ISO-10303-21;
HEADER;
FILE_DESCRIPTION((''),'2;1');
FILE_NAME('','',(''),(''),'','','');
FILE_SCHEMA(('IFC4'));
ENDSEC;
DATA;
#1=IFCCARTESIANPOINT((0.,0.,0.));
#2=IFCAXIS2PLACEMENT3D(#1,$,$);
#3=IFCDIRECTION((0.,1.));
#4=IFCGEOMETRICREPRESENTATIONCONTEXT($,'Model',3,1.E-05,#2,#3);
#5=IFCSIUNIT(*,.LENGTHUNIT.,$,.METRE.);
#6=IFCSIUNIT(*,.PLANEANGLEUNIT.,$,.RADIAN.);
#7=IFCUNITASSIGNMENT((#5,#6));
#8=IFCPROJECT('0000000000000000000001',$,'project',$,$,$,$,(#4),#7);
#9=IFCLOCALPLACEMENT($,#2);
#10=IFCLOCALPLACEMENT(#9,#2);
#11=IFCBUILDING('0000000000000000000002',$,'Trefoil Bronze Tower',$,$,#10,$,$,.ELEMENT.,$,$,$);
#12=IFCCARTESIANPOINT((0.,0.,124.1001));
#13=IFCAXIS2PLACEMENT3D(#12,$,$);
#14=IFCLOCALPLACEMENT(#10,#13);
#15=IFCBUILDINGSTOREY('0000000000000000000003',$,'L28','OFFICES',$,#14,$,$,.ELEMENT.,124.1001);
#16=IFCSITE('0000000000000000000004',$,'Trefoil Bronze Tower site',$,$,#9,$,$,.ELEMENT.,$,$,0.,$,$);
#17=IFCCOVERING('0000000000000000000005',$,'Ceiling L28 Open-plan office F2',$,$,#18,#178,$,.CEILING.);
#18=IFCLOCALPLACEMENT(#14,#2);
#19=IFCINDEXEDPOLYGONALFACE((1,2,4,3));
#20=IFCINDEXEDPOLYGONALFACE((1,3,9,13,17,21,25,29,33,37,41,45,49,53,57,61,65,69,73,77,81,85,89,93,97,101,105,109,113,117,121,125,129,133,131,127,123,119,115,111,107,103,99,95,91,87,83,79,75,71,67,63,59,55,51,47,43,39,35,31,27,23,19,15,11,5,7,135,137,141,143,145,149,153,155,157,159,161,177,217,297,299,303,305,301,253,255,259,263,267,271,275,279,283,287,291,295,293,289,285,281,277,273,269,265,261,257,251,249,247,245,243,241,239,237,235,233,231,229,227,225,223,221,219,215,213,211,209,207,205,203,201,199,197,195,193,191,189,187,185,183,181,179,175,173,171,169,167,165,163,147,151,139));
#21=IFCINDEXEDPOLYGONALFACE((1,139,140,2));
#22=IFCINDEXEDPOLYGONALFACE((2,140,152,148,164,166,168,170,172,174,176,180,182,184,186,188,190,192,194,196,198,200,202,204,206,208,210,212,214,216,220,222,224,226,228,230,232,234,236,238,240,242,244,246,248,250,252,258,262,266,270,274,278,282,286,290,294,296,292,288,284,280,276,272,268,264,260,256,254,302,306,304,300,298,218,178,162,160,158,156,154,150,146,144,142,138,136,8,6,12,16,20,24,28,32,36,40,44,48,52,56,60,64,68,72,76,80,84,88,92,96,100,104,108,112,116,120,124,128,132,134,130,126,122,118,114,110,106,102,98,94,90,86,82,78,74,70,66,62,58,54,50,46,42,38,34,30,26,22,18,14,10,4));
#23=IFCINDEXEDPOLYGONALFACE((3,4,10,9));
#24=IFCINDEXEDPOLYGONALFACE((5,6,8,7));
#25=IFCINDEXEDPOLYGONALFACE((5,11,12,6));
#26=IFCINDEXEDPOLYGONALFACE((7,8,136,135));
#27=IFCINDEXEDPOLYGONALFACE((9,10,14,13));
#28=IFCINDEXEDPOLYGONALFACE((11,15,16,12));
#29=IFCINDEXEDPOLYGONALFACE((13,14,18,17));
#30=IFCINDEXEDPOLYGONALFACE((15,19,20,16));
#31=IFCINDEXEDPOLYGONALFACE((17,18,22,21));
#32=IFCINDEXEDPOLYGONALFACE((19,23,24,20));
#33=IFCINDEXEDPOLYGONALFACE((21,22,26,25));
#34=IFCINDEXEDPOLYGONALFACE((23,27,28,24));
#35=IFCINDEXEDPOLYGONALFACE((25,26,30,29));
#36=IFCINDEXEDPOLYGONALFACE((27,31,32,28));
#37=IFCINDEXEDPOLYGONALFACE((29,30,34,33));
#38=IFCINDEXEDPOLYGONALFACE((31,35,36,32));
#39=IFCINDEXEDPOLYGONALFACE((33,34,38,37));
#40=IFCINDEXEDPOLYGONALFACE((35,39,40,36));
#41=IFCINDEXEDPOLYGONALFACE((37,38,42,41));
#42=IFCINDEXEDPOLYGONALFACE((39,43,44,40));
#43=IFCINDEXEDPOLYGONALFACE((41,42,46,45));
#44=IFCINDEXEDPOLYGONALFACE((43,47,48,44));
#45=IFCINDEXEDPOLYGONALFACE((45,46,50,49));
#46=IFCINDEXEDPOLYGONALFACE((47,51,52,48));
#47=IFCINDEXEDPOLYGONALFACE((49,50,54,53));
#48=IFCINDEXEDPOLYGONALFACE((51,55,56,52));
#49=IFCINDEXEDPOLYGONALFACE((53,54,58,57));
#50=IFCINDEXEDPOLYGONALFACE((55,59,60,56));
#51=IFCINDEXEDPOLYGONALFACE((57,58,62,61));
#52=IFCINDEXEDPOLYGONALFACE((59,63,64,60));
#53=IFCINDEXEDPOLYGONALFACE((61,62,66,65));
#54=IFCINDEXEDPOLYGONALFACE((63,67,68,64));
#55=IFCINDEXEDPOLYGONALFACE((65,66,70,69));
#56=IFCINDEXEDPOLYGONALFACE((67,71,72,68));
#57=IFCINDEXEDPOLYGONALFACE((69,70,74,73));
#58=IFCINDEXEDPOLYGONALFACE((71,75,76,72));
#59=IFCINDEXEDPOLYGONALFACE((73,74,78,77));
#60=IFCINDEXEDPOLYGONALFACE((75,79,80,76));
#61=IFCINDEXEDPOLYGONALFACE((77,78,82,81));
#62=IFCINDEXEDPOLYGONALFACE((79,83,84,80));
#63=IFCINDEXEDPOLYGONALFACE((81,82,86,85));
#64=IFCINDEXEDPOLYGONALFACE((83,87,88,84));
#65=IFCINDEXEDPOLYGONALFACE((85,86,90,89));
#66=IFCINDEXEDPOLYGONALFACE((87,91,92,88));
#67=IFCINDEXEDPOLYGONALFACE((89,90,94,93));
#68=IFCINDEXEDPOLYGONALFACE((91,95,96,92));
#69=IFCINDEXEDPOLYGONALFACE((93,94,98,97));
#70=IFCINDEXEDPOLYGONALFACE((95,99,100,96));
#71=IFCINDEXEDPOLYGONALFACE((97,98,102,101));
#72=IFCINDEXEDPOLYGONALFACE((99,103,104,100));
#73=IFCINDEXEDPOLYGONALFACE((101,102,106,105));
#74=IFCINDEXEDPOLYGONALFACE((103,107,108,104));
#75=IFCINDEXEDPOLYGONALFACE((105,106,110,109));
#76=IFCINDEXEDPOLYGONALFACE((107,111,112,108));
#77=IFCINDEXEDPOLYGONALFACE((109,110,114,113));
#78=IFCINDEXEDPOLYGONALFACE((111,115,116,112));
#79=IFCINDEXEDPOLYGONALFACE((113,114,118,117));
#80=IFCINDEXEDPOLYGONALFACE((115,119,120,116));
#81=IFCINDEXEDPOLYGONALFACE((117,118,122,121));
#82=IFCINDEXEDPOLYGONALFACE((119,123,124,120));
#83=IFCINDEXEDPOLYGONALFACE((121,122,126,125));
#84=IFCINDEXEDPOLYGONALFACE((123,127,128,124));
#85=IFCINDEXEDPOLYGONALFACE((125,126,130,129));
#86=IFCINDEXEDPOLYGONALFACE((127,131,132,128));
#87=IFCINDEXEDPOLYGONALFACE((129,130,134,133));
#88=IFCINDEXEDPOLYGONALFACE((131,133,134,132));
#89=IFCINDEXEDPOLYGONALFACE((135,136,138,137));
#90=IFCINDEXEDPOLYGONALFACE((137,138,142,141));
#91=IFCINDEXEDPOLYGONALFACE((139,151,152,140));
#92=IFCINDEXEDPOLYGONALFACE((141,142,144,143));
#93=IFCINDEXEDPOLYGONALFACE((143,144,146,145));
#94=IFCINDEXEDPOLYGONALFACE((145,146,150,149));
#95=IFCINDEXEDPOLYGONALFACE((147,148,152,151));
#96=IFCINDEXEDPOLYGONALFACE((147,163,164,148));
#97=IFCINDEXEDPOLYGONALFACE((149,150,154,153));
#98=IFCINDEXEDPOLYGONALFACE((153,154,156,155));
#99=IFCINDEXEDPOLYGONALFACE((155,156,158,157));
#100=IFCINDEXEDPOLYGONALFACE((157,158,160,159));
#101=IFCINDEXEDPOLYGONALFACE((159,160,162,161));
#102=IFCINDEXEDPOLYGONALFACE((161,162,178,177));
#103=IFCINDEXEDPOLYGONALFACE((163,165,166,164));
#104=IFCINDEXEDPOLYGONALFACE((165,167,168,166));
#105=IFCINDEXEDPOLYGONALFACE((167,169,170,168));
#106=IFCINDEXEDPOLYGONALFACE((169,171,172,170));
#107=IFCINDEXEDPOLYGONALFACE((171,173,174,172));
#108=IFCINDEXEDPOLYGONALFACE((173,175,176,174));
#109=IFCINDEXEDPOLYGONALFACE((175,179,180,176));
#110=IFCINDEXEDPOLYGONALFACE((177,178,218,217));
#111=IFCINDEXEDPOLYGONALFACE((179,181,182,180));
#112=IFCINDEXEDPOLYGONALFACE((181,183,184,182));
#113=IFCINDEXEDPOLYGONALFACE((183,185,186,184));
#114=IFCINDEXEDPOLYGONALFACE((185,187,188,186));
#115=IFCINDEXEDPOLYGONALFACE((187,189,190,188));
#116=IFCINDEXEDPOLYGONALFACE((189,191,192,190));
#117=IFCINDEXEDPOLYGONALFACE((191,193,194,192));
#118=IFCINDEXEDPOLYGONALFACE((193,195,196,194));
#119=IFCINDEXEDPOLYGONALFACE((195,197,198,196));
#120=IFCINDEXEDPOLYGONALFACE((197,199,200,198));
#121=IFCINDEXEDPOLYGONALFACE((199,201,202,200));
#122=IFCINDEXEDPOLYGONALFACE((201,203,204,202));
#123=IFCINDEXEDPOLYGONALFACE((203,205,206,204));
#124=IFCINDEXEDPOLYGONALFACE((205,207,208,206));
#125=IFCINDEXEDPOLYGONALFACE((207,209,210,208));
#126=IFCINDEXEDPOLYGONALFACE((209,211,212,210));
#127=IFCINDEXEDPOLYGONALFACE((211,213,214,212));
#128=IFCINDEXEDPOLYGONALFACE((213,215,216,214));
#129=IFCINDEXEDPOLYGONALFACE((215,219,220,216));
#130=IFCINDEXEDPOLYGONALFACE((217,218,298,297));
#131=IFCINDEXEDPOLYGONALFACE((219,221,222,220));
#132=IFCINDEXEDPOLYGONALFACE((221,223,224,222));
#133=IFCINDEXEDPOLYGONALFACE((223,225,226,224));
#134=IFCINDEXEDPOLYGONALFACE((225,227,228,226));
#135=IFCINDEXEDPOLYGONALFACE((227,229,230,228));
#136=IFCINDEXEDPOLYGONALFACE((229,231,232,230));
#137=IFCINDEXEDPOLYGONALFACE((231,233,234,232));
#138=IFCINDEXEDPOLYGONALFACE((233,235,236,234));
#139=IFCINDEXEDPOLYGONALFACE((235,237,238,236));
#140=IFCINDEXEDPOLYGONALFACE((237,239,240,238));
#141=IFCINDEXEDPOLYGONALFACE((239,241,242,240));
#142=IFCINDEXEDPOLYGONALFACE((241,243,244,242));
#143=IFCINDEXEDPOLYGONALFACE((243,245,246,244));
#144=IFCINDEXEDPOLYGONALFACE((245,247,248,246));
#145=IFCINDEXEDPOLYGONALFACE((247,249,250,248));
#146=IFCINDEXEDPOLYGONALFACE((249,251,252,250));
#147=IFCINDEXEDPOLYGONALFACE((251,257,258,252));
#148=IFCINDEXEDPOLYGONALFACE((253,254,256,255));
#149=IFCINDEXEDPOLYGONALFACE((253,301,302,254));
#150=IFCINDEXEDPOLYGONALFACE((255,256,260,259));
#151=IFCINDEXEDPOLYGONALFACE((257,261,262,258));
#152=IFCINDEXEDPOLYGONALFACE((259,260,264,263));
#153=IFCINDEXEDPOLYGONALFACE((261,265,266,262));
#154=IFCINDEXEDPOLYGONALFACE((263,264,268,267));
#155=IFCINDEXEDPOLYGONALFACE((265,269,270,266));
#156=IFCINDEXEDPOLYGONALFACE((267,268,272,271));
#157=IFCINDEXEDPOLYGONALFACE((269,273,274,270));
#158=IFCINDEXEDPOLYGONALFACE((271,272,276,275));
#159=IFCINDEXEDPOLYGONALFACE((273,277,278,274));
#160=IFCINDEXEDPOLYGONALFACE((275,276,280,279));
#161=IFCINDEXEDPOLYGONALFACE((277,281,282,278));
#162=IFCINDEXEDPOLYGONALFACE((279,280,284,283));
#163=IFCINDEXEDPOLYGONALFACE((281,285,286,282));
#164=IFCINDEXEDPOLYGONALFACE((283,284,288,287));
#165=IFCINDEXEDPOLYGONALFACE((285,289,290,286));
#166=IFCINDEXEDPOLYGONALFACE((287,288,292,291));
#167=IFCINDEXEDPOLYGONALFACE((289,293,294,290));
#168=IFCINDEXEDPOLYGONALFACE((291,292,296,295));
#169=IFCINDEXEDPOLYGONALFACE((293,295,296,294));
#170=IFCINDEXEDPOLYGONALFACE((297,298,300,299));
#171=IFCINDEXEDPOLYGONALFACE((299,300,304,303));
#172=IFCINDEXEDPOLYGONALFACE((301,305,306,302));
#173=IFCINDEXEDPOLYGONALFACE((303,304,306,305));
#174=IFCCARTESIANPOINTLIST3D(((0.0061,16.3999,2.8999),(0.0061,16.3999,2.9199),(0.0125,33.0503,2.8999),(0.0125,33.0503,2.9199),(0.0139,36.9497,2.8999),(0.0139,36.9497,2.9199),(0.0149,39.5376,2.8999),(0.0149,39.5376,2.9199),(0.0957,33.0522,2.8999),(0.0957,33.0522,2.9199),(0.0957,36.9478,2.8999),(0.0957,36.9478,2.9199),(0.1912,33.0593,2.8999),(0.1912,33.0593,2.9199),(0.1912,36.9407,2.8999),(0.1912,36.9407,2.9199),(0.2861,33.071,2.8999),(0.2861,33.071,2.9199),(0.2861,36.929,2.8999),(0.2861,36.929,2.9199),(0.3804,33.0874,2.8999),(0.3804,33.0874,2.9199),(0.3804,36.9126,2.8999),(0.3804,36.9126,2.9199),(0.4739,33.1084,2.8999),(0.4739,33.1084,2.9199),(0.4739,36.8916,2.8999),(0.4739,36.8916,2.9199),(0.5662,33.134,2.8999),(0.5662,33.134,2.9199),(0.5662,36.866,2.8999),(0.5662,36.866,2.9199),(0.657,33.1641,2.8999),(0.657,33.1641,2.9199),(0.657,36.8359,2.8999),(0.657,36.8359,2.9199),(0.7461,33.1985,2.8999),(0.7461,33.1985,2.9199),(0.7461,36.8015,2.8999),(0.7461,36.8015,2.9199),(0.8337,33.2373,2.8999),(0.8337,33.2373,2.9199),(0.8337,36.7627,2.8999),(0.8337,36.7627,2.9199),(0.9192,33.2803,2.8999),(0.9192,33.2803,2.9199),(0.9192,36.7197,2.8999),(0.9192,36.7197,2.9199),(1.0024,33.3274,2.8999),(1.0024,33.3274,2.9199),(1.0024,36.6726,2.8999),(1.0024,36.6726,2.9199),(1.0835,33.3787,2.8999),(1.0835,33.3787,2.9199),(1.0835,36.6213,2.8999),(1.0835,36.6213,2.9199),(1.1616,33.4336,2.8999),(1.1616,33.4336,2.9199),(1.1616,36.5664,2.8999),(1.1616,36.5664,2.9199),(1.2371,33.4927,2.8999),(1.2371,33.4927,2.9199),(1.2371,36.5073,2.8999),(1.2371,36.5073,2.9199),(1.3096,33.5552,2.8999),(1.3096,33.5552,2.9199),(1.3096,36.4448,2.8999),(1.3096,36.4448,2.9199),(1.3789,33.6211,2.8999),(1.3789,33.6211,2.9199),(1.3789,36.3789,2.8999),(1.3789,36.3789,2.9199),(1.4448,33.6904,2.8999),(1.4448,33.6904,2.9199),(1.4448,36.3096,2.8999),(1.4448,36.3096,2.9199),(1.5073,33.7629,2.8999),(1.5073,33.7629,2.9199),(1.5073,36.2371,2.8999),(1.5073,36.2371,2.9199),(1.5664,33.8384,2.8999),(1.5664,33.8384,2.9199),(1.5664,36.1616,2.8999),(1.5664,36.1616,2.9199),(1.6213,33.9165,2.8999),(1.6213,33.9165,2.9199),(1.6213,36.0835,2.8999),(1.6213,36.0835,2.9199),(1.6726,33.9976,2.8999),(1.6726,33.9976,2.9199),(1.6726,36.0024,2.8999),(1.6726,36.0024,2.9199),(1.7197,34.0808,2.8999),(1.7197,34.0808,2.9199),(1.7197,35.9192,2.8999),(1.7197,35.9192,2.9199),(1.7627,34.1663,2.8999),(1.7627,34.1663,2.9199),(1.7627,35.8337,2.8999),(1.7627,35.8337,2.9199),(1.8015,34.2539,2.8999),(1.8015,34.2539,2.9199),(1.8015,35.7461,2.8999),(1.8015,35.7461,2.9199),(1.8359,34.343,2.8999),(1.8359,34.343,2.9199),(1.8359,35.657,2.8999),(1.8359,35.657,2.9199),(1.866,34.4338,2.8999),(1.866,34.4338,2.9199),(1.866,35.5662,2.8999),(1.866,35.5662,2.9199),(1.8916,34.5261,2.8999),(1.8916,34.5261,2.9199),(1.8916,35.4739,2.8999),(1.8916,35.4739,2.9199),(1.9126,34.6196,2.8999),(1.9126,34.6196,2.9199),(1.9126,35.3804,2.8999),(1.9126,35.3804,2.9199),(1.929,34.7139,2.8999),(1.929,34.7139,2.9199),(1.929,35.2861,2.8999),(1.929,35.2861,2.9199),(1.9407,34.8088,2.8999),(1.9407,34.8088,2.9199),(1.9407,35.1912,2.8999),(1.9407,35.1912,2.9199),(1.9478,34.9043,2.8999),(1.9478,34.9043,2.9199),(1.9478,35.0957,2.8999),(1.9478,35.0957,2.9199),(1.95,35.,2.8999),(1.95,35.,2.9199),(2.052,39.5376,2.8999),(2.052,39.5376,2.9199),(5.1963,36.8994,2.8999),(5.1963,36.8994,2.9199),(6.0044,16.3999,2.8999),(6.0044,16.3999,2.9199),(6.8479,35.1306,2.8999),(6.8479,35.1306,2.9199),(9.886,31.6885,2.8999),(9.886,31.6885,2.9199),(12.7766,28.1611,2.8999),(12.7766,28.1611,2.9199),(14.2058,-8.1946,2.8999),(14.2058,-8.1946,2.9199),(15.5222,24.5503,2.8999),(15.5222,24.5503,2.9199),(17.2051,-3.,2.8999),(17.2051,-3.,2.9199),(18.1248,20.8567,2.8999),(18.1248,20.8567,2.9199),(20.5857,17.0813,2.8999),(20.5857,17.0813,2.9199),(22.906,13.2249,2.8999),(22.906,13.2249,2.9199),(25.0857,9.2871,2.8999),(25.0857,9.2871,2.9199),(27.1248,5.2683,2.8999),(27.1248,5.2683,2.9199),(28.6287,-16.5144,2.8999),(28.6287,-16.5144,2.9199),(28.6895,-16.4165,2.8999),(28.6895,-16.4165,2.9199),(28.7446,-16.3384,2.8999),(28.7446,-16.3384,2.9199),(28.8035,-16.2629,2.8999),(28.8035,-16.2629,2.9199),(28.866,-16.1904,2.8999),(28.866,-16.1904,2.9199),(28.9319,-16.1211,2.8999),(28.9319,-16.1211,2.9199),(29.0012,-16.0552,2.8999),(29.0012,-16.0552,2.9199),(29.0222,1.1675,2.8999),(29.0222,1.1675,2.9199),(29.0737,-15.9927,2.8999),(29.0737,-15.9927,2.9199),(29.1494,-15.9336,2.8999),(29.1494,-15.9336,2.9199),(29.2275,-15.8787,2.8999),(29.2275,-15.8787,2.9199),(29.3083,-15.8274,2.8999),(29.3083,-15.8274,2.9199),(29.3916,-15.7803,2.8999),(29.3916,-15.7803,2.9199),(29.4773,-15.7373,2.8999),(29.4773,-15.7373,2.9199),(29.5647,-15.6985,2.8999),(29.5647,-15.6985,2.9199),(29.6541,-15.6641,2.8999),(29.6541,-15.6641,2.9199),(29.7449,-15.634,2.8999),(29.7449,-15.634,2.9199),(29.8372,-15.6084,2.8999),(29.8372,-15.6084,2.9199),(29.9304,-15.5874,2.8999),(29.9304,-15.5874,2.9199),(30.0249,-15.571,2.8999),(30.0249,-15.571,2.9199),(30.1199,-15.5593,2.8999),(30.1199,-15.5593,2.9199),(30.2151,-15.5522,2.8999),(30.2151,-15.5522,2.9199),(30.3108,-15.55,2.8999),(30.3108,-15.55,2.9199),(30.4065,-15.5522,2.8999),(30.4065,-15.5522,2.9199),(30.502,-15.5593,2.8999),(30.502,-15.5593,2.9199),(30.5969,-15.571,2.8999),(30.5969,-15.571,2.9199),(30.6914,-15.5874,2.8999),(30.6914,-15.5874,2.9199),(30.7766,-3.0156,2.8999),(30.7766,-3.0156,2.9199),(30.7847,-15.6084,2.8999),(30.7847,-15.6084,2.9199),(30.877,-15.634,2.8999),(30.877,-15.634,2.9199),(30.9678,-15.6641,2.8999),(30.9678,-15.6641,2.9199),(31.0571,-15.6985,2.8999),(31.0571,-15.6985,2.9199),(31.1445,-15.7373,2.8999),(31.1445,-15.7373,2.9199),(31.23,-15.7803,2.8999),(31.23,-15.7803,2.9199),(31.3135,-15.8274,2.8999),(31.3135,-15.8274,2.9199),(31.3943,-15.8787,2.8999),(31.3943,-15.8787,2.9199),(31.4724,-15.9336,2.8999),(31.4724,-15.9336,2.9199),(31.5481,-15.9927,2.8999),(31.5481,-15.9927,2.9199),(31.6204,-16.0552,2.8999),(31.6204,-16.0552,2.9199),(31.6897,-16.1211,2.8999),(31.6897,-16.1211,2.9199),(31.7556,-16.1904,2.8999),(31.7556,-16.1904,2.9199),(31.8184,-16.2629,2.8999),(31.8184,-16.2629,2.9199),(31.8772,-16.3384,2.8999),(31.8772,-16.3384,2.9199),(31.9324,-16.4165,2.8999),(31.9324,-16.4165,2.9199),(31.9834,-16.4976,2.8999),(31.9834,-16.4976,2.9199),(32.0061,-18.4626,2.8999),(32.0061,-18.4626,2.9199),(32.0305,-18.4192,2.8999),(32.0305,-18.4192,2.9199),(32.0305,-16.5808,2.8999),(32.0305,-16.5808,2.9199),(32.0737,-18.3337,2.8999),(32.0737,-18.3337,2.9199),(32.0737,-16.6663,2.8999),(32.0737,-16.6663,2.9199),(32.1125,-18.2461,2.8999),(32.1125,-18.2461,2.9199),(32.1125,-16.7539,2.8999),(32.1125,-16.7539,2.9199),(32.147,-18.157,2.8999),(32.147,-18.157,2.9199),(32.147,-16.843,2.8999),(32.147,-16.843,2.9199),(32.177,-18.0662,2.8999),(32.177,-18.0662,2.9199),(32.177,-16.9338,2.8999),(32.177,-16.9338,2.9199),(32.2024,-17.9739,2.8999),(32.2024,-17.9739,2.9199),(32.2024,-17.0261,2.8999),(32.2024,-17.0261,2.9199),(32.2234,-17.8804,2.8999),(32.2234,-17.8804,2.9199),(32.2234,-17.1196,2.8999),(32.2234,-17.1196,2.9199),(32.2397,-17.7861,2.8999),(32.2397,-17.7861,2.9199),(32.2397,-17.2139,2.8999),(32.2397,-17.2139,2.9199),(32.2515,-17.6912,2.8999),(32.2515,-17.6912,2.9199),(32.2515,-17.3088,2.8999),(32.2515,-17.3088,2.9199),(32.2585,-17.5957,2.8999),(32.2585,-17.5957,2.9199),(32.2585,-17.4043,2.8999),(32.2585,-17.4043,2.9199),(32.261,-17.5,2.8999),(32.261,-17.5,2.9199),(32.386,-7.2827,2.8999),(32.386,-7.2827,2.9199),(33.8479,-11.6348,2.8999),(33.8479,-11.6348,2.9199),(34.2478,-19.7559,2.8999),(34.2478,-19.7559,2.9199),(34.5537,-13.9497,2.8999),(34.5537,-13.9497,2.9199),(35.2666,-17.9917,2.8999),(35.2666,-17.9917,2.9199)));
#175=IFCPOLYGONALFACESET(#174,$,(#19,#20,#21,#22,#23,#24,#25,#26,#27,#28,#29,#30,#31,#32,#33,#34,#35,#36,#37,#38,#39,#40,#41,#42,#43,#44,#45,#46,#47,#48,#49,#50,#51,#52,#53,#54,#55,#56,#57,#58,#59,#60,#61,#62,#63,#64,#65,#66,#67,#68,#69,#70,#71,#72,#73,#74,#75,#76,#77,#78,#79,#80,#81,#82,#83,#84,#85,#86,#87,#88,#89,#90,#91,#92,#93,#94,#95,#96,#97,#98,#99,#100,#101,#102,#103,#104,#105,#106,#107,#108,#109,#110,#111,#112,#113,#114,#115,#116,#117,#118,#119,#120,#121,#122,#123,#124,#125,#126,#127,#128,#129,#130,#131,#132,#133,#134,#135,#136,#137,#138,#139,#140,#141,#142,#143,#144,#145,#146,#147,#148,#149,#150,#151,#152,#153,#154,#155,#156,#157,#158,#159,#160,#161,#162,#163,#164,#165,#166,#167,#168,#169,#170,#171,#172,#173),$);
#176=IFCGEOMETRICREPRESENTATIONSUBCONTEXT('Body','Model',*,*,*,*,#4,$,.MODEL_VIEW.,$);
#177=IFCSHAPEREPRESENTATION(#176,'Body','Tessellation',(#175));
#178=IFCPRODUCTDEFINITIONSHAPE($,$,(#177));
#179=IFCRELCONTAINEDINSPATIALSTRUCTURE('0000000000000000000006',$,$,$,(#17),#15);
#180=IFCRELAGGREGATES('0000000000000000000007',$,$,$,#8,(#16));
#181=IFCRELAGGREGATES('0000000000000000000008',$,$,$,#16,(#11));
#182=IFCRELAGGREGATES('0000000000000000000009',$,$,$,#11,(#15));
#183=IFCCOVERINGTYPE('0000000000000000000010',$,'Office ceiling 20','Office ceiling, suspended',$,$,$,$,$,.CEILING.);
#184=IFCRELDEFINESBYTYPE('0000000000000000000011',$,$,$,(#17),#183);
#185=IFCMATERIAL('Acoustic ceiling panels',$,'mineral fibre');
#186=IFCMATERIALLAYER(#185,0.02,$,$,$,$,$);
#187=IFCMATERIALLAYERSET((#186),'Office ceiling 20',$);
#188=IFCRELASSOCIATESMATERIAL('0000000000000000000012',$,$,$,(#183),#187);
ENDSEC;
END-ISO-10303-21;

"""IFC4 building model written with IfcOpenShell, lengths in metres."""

from ifc_helpers import new_model, si_unit, direction, frame, origin, place, context, subcontext, project, spatial, polyline, outline, extrude, material, layer, layer_set, type_object, element, save


model = new_model("IFC4")

# Units and contexts
model_context = context("Model", 3, precision=1e-05, world=origin(), true_north=direction((0.0, 1.0)))
body_context = subcontext(model_context, "Body", "Model", "MODEL_VIEW")
ifc_project = project(units=[si_unit("LENGTHUNIT", "METRE"), si_unit("PLANEANGLEUNIT", "RADIAN")], contexts=[model_context])

# Site, building, storey
site_placement = place(None, origin())
site = spatial("IfcSite", under=ifc_project, at=site_placement, Name="Trefoil Bronze Tower site", CompositionType="ELEMENT", RefElevation=0.0)
building_placement = place(site_placement, origin())
building = spatial("IfcBuilding", under=site, at=building_placement, Name="Trefoil Bronze Tower", CompositionType="ELEMENT")
storey_placement = place(building_placement, frame((0.0, 0.0, 124.1001)))
storey = spatial("IfcBuildingStorey", under=building, at=storey_placement, Name="L28", Description="OFFICES", CompositionType="ELEMENT", Elevation=124.1001)

# Covering
ifc_material_1 = material(Name="Acoustic ceiling panels", Category="mineral fibre")
ifc_layer_1 = layer(ifc_material_1, 0.02)
ifc_layer_set_1 = layer_set([ifc_layer_1], Name="Office ceiling 20")
covering_type_1 = type_object("IfcCoveringType", Name="Office ceiling 20", Description="Office ceiling, suspended", PredefinedType="CEILING", material=ifc_layer_set_1)
covering_1_placement = place(storey_placement, frame((0.0, 0.0, 2.8999)))
element("IfcCovering", 1, at=covering_1_placement, inside=storey, type_object=covering_type_1, Name="Ceiling L28 Open-plan office F2", PredefinedType="CEILING", context=body_context, shape_type="SweptSolid", body=[
    extrude(outline(polyline([(6.8479, 35.1306), (9.886, 31.6885), (12.7766, 28.1611), (15.5222, 24.5503), (18.1248, 20.8567), (20.5857, 17.0813), (22.906, 13.2249), (25.0857, 9.2871), (27.1248, 5.2683), (29.0222, 1.1675), (30.7766, -3.0156), (32.386, -7.2827), (33.8479, -11.6348), (34.5537, -13.9497), (35.2666, -17.9917), (34.2478, -19.7559), (32.0061, -18.4626), (32.0305, -18.4192), (32.0737, -18.3337), (32.1125, -18.2461), (32.147, -18.157), (32.177, -18.0662), (32.2024, -17.9739), (32.2234, -17.8804), (32.2397, -17.7861), (32.2515, -17.6912), (32.2585, -17.5957), (32.261, -17.5), (32.2585, -17.4043), (32.2515, -17.3088), (32.2397, -17.2139), (32.2234, -17.1196), (32.2024, -17.0261), (32.177, -16.9338), (32.147, -16.843), (32.1125, -16.7539), (32.0737, -16.6663), (32.0305, -16.5808), (31.9834, -16.4976), (31.9324, -16.4165), (31.8772, -16.3384), (31.8184, -16.2629), (31.7556, -16.1904), (31.6897, -16.1211), (31.6204, -16.0552), (31.5481, -15.9927), (31.4724, -15.9336), (31.3943, -15.8787), (31.3135, -15.8274), (31.23, -15.7803), (31.1445, -15.7373), (31.0571, -15.6985), (30.9678, -15.6641), (30.877, -15.634), (30.7847, -15.6084), (30.6914, -15.5874), (30.5969, -15.571), (30.502, -15.5593), (30.4065, -15.5522), (30.3108, -15.55), (30.2151, -15.5522), (30.1199, -15.5593), (30.0249, -15.571), (29.9304, -15.5874), (29.8372, -15.6084), (29.7449, -15.634), (29.6541, -15.6641), (29.5647, -15.6985), (29.4773, -15.7373), (29.3916, -15.7803), (29.3083, -15.8274), (29.2275, -15.8787), (29.1494, -15.9336), (29.0737, -15.9927), (29.0012, -16.0552), (28.9319, -16.1211), (28.866, -16.1904), (28.8035, -16.2629), (28.7446, -16.3384), (28.6895, -16.4165), (28.6287, -16.5144), (14.2058, -8.1946), (17.2051, -3.0), (6.0044, 16.3999), (0.0061, 16.3999), (0.0125, 33.0503), (0.0957, 33.0522), (0.1912, 33.0593), (0.2861, 33.071), (0.3804, 33.0874), (0.4739, 33.1084), (0.5662, 33.134), (0.657, 33.1641), (0.7461, 33.1985), (0.8337, 33.2373), (0.9192, 33.2803), (1.0024, 33.3274), (1.0835, 33.3787), (1.1616, 33.4336), (1.2371, 33.4927), (1.3096, 33.5552), (1.3789, 33.6211), (1.4448, 33.6904), (1.5073, 33.7629), (1.5664, 33.8384), (1.6213, 33.9165), (1.6726, 33.9976), (1.7197, 34.0808), (1.7627, 34.1663), (1.8015, 34.2539), (1.8359, 34.343), (1.866, 34.4338), (1.8916, 34.5261), (1.9126, 34.6196), (1.929, 34.7139), (1.9407, 34.8088), (1.9478, 34.9043), (1.95, 35.0), (1.9478, 35.0957), (1.9407, 35.1912), (1.929, 35.2861), (1.9126, 35.3804), (1.8916, 35.4739), (1.866, 35.5662), (1.8359, 35.657), (1.8015, 35.7461), (1.7627, 35.8337), (1.7197, 35.9192), (1.6726, 36.0024), (1.6213, 36.0835), (1.5664, 36.1616), (1.5073, 36.2371), (1.4448, 36.3096), (1.3789, 36.3789), (1.3096, 36.4448), (1.2371, 36.5073), (1.1616, 36.5664), (1.0835, 36.6213), (1.0024, 36.6726), (0.9192, 36.7197), (0.8337, 36.7627), (0.7461, 36.8015), (0.657, 36.8359), (0.5662, 36.866), (0.4739, 36.8916), (0.3804, 36.9126), (0.2861, 36.929), (0.1912, 36.9407), (0.0957, 36.9478), (0.0139, 36.9497), (0.0149, 39.5376), (2.052, 39.5376), (5.1963, 36.8994), (6.8479, 35.1306)])), origin(), (0.0, 0.0, 1.0), 0.02),
])

save(model, "model.ifc")
